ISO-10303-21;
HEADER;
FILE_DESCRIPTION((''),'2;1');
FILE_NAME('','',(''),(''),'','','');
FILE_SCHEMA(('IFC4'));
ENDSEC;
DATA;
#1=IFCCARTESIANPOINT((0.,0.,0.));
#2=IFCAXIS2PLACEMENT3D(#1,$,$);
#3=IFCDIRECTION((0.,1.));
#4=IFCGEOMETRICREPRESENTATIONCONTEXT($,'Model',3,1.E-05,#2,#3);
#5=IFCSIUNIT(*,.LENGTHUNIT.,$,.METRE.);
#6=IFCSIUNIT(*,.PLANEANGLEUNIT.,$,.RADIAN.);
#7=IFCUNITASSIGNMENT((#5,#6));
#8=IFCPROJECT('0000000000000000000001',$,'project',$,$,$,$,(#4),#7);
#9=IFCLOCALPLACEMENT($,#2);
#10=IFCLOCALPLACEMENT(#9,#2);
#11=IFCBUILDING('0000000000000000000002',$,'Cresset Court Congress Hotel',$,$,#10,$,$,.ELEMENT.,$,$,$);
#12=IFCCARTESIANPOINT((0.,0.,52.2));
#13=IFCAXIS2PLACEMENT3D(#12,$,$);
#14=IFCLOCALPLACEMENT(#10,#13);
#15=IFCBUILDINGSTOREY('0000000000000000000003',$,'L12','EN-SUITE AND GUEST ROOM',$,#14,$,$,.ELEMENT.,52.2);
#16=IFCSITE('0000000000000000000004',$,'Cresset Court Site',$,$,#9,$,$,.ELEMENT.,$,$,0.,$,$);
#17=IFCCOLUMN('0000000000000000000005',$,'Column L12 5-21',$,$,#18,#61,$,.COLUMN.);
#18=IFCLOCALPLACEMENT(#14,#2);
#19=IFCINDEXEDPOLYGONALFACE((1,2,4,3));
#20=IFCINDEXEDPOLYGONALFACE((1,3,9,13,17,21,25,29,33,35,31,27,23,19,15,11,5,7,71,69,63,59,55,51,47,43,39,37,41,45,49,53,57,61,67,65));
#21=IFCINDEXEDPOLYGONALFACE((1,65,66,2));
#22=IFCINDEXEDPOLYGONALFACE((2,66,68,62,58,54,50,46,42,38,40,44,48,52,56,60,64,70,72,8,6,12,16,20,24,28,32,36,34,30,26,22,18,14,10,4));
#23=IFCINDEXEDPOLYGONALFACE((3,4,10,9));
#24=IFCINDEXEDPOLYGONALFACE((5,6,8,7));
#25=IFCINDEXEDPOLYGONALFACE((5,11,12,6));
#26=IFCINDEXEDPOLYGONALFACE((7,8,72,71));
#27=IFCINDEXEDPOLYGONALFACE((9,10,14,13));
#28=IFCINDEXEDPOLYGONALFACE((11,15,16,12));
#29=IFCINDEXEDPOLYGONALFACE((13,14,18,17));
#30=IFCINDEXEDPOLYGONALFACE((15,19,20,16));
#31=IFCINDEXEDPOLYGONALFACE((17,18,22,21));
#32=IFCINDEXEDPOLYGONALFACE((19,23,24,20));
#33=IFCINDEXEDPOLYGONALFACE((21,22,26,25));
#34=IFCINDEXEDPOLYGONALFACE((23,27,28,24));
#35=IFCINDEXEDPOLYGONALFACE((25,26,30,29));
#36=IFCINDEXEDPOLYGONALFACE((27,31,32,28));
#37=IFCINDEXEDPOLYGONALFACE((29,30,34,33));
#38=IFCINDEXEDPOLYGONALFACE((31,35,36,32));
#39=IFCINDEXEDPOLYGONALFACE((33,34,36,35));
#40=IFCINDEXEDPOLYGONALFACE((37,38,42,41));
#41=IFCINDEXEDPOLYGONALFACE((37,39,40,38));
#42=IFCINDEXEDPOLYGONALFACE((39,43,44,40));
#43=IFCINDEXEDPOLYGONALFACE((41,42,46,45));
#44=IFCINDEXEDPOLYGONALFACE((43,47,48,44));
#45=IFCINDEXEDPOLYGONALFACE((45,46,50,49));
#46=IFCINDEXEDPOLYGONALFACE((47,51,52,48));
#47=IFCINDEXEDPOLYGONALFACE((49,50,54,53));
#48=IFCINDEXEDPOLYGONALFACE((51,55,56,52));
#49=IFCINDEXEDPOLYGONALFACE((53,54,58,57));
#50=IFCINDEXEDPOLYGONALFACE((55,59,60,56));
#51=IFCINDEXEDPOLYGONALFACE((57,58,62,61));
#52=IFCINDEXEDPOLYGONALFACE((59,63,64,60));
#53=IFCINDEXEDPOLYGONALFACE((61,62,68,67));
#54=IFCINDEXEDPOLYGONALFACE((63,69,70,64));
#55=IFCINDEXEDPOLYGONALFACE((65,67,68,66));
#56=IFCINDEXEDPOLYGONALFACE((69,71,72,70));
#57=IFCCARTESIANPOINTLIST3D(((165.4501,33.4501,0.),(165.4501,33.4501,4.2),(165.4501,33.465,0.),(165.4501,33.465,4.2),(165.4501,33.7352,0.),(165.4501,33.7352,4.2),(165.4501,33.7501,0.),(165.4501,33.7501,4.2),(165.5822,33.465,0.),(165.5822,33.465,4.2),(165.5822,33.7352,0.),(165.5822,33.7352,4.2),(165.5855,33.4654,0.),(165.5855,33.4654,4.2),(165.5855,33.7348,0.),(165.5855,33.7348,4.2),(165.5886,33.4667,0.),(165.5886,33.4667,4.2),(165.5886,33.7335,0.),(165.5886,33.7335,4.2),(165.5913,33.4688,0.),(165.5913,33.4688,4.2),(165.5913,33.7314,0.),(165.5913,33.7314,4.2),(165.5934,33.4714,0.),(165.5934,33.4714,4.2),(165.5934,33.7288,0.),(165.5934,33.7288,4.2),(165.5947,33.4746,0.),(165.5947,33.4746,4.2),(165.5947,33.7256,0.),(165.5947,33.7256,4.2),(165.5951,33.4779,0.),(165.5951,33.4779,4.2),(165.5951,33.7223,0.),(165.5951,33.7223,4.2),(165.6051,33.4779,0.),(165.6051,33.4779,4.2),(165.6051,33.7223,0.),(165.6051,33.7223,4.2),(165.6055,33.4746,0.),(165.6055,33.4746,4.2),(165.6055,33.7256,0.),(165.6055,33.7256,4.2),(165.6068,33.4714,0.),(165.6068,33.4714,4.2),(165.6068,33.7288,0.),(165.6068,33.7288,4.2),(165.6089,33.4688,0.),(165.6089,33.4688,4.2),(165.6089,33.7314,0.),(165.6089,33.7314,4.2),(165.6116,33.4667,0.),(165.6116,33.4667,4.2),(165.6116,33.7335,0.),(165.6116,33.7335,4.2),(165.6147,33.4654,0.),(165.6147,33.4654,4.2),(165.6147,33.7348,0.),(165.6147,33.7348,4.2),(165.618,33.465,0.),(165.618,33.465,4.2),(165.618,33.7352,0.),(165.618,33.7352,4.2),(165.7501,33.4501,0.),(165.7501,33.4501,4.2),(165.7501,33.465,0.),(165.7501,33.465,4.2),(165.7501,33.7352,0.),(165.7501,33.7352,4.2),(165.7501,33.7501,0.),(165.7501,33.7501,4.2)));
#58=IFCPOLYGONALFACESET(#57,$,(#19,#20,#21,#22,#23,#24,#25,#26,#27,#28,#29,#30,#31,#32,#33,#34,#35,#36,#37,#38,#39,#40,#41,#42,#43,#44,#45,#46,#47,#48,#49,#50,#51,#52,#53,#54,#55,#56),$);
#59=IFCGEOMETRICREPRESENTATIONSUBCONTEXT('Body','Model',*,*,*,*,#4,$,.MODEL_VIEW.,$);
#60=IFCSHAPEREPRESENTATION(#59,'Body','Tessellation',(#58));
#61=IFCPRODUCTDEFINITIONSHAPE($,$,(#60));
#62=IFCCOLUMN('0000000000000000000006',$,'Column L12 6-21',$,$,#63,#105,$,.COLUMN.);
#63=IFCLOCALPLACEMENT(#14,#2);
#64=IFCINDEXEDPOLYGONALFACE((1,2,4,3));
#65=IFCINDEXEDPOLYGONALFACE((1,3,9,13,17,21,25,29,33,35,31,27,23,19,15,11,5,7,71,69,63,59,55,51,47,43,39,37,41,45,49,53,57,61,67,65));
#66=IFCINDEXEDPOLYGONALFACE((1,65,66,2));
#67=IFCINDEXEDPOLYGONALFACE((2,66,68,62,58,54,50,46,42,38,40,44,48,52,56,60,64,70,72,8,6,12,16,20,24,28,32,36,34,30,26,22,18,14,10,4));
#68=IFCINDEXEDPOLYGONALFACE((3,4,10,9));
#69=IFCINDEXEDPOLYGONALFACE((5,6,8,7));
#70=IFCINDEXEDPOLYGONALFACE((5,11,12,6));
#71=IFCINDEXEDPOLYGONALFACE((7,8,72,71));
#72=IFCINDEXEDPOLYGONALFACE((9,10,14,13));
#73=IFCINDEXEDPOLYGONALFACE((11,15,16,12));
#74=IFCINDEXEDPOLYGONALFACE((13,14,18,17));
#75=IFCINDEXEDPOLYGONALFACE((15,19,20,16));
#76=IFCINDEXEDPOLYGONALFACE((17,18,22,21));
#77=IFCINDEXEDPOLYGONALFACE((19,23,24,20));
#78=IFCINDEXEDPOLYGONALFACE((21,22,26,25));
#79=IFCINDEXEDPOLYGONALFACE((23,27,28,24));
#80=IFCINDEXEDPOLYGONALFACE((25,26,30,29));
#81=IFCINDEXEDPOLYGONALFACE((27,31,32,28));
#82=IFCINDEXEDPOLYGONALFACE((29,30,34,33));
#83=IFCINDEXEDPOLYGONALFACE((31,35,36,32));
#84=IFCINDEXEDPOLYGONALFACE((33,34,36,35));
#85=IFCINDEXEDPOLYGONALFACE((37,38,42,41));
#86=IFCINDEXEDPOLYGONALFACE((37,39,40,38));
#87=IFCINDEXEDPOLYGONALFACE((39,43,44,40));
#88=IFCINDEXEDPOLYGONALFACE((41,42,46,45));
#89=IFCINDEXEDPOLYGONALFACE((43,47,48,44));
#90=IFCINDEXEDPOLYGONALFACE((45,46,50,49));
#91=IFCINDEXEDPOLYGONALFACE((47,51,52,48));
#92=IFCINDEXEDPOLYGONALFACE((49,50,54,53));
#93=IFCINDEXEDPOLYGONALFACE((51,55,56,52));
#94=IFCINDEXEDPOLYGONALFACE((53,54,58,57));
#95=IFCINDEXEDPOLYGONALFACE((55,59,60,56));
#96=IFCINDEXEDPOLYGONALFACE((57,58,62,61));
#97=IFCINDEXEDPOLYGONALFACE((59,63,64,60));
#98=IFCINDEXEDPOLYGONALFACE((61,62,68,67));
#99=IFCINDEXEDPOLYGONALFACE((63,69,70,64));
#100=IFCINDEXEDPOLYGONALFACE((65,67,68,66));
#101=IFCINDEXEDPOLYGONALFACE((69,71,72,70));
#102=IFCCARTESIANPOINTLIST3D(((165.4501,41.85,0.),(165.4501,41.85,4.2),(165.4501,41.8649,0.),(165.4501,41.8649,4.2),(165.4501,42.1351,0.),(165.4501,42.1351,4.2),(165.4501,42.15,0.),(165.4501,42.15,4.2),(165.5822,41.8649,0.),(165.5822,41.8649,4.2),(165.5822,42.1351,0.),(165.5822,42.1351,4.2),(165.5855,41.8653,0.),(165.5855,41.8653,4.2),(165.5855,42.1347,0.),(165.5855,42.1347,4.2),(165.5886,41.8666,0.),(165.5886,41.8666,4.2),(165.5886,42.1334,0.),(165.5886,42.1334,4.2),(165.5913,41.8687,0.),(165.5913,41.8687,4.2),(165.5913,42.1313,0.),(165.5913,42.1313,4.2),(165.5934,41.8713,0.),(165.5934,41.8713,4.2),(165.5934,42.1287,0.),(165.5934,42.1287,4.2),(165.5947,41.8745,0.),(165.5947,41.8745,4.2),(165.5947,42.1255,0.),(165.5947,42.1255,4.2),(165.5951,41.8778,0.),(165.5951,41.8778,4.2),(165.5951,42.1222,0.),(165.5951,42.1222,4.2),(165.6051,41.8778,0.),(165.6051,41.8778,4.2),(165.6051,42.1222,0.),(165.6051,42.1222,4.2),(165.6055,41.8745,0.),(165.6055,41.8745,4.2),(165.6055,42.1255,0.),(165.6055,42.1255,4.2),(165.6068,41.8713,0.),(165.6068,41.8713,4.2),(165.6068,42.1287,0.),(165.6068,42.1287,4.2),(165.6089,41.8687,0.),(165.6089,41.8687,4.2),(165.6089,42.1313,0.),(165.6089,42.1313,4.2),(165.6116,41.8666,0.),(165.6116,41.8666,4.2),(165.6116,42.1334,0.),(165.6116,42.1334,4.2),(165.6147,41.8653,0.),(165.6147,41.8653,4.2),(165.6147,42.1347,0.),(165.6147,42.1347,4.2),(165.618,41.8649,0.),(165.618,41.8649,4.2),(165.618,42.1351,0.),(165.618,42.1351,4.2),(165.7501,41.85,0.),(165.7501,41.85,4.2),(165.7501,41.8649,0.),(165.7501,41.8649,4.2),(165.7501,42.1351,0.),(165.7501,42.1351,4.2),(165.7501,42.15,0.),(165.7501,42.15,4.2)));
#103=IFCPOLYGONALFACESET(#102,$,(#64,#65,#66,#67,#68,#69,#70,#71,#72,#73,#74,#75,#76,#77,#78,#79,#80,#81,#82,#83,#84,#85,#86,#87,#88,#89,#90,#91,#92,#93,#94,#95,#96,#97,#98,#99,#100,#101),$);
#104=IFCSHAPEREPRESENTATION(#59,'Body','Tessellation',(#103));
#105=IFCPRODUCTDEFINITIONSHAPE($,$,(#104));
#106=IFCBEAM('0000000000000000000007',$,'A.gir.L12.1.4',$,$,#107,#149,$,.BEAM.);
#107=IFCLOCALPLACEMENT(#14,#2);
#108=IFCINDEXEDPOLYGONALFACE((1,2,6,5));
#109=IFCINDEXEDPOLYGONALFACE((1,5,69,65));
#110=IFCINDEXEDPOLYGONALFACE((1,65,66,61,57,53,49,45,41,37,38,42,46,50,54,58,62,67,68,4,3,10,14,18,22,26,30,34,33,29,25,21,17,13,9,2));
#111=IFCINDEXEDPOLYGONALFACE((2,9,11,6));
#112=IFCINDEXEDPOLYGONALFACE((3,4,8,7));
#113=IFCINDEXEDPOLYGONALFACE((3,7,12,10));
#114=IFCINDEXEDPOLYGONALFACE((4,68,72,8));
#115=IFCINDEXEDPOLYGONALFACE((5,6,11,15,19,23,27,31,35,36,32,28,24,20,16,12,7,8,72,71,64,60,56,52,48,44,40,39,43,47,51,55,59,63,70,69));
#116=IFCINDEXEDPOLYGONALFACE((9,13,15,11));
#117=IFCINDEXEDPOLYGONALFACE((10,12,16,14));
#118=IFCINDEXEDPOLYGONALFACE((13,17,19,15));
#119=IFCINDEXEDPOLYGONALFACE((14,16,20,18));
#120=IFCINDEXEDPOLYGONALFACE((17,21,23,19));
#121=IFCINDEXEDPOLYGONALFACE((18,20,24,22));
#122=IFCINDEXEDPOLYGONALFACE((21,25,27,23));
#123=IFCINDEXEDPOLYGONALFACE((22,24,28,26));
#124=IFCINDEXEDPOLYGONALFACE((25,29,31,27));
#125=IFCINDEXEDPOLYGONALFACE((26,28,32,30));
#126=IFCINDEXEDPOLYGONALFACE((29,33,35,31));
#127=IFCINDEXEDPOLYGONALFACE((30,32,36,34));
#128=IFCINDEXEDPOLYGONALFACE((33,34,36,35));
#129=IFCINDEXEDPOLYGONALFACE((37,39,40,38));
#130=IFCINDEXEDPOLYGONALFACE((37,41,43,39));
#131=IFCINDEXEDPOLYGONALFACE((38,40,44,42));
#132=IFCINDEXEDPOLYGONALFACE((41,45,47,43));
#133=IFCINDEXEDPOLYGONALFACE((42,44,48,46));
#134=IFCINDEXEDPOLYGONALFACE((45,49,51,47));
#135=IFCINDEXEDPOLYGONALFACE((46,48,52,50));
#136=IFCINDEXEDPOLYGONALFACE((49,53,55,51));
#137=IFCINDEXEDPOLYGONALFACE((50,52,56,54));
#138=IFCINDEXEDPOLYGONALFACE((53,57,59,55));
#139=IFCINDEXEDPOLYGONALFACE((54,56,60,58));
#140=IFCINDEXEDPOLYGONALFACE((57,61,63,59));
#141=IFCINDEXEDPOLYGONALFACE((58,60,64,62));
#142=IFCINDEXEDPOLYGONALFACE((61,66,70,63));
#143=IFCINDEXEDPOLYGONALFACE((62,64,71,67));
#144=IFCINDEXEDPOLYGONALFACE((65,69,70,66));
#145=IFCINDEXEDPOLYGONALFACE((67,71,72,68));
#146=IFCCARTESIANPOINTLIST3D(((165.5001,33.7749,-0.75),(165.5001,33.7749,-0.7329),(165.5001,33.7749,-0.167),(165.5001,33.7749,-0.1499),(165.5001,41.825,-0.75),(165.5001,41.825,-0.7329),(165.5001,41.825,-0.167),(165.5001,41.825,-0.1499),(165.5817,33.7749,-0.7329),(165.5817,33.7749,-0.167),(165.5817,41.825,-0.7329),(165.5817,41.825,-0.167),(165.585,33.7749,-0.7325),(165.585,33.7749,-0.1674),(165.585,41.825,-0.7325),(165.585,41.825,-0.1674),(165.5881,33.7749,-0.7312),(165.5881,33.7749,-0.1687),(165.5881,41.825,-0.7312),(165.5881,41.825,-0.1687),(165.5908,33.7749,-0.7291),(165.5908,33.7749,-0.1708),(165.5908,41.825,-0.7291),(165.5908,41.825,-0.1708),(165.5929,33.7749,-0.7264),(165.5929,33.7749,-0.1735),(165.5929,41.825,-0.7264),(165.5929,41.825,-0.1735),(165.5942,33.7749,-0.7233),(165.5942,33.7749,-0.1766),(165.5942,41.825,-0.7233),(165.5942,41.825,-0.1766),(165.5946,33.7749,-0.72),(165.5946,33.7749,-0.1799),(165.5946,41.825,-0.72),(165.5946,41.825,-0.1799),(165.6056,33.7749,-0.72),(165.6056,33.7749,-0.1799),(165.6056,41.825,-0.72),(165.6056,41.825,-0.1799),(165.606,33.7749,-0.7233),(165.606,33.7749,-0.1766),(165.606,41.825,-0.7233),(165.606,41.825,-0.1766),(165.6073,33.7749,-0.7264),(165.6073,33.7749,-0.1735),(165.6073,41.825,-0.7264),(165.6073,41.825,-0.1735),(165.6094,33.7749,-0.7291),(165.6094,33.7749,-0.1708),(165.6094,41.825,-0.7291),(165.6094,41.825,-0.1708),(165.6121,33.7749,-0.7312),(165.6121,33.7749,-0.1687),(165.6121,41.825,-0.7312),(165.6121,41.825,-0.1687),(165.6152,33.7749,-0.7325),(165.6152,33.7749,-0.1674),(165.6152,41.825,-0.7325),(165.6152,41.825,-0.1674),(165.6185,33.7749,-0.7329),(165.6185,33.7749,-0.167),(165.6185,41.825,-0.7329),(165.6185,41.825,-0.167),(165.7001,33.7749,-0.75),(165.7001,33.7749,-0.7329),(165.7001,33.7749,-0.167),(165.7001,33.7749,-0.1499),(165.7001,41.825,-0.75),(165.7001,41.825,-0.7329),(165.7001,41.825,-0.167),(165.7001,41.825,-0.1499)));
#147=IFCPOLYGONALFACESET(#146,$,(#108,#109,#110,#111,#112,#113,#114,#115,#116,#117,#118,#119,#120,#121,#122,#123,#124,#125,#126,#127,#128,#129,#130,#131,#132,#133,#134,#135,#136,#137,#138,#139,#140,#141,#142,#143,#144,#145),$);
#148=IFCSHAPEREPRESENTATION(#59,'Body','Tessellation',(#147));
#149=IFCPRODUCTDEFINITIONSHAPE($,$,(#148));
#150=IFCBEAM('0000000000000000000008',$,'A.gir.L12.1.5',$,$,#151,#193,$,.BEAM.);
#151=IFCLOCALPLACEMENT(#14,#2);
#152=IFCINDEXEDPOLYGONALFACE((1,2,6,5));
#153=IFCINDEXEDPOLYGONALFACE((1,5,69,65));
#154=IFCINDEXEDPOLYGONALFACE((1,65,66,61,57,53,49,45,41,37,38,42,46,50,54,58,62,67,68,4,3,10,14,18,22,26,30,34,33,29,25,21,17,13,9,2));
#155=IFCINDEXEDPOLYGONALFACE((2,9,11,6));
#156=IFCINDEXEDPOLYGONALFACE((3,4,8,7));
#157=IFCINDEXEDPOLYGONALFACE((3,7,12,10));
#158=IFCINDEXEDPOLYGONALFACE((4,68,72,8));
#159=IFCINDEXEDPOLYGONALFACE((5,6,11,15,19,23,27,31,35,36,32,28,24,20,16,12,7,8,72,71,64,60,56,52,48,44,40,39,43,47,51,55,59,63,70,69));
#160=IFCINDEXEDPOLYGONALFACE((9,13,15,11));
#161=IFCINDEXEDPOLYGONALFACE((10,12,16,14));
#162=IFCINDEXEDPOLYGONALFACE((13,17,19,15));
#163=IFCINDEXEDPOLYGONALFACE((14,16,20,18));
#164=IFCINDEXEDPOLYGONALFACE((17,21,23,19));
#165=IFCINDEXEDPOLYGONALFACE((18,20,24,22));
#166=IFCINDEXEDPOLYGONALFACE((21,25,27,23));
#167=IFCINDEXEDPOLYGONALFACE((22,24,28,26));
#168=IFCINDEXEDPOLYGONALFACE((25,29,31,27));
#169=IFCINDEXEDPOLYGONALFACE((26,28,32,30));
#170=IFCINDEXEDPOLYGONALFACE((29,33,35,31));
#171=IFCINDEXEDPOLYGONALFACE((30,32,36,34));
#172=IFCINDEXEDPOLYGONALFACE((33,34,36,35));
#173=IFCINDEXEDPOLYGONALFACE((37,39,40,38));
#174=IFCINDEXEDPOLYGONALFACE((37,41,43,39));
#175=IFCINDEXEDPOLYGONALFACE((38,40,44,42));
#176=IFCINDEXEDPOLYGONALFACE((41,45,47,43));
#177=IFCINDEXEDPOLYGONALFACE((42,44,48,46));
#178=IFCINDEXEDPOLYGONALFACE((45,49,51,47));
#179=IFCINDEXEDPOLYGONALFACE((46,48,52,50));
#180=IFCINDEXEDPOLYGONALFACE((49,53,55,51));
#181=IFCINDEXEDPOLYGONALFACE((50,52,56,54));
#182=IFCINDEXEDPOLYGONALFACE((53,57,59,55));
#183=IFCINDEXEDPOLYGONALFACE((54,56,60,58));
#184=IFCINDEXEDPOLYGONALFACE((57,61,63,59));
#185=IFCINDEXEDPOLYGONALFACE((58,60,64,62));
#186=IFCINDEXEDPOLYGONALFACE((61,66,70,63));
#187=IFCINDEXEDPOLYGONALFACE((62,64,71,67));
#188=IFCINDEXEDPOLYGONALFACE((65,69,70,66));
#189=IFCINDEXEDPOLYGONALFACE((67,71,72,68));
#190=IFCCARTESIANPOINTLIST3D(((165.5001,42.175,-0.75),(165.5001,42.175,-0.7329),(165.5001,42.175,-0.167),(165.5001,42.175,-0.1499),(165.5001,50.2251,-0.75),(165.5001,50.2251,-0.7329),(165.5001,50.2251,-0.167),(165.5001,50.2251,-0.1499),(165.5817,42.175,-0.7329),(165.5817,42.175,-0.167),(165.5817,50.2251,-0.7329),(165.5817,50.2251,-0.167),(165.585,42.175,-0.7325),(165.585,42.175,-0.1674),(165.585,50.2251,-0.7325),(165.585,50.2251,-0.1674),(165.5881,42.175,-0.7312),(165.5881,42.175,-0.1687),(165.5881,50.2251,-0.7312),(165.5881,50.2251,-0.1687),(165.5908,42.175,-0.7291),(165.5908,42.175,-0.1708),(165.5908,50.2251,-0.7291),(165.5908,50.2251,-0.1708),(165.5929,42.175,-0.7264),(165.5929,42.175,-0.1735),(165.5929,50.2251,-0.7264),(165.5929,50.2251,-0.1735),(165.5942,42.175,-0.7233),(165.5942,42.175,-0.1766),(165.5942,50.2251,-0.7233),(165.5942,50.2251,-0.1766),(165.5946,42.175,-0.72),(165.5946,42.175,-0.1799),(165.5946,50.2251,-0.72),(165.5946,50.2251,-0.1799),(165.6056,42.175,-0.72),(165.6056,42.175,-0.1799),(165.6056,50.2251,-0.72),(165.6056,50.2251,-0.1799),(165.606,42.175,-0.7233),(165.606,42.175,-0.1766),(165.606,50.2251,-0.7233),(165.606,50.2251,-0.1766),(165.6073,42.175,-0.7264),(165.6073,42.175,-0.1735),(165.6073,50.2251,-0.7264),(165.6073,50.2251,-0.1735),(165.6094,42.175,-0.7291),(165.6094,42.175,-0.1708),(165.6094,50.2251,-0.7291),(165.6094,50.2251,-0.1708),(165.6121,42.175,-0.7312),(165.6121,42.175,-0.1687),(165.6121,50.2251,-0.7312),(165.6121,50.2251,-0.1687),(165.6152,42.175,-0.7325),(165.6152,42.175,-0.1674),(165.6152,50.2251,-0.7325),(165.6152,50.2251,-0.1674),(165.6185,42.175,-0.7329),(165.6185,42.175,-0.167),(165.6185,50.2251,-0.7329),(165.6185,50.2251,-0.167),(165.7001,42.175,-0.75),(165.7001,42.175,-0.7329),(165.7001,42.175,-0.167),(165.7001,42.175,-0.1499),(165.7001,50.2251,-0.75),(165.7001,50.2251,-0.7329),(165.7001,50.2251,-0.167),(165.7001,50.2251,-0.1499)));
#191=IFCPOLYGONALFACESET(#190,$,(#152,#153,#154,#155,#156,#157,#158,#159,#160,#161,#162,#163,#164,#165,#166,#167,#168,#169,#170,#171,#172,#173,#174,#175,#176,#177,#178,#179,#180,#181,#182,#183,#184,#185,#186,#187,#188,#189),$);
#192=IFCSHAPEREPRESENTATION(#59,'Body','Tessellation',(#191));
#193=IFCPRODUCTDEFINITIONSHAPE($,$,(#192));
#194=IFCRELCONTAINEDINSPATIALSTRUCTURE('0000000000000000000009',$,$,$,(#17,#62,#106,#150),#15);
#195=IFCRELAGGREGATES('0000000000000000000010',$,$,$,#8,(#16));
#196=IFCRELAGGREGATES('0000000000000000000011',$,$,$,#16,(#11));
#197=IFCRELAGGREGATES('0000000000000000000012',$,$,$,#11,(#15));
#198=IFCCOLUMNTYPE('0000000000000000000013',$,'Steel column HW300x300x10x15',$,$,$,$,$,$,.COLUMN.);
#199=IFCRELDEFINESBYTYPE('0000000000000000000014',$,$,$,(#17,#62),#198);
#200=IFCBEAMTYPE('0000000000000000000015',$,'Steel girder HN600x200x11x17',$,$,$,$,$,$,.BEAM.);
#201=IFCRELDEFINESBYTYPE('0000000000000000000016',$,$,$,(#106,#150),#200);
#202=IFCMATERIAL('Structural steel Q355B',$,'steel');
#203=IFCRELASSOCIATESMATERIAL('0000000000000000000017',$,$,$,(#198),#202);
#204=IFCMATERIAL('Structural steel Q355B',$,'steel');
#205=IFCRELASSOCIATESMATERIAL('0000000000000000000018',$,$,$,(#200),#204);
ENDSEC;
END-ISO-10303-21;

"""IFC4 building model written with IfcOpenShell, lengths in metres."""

from ifc_helpers import new_model, si_unit, direction, frame, origin, origin_2d, place, context, subcontext, project, spatial, i_section, extrude, material, material_profile, profile_set, type_object, element, save


model = new_model("IFC4")

# Units and contexts
model_context = context("Model", 3, precision=1e-05, world=origin(), true_north=direction((0.0, 1.0)))
body_context = subcontext(model_context, "Body", "Model", "MODEL_VIEW")
ifc_project = project(units=[si_unit("LENGTHUNIT", "METRE"), si_unit("PLANEANGLEUNIT", "RADIAN")], contexts=[model_context])

# Site, building, storey
site_placement = place(None, origin())
site = spatial("IfcSite", under=ifc_project, at=site_placement, Name="Cresset Court Site", CompositionType="ELEMENT", RefElevation=0.0)
building_placement = place(site_placement, origin())
building = spatial("IfcBuilding", under=site, at=building_placement, Name="Cresset Court Congress Hotel", CompositionType="ELEMENT")
storey_placement = place(building_placement, frame((0.0, 0.0, 52.2)))
storey = spatial("IfcBuildingStorey", under=building, at=storey_placement, Name="L12", Description="EN-SUITE AND GUEST ROOM", CompositionType="ELEMENT", Elevation=52.2)

# Columns
ifc_material_1 = material(Name="Structural steel Q355B", Category="steel")
ifc_material_profile_1 = material_profile(ifc_material_1, i_section(OverallWidth=0.3, OverallDepth=0.3, WebThickness=0.01, FlangeThickness=0.0149, FilletRadius=0.0129, at=origin_2d()), Name="HW300x300x10x15")
ifc_profile_set_1 = profile_set([ifc_material_profile_1], Name="Structural steel Q355B")
column_type = type_object("IfcColumnType", Name="Steel column HW300x300x10x15", PredefinedType="COLUMN", material=ifc_profile_set_1)
for number, where, z_axis, x_axis, name in (
    (1, (165.6001, 33.6001, 0.0), (0.0, 0.0, 1.0), (1.0, 0.0, 0.0), "Column L12 5-21"),
    (2, (165.6001, 42.0, 0.0), (0.0, 0.0, 1.0), (1.0, 0.0, 0.0), "Column L12 6-21"),
):
    element("IfcColumn", number, at=place(storey_placement, frame(where, z_axis=z_axis, x_axis=x_axis)), inside=storey, type_object=column_type, Name=name, PredefinedType="COLUMN", context=body_context, shape_type="SweptSolid", body=[
        extrude(i_section(OverallWidth=0.3, OverallDepth=0.3, WebThickness=0.01, FlangeThickness=0.0149, FilletRadius=0.0129, at=origin_2d()), origin(), (0.0, 0.0, 1.0), 4.2),
    ])

# Beams
ifc_material_2 = material(Name="Structural steel Q355B", Category="steel")
ifc_material_profile_2 = material_profile(ifc_material_2, i_section(OverallWidth=0.2, OverallDepth=0.6001, WebThickness=0.011, FlangeThickness=0.0171, FilletRadius=0.0129, at=origin_2d()), Name="HN600x200x11x17")
ifc_profile_set_2 = profile_set([ifc_material_profile_2], Name="Structural steel Q355B")
beam_type = type_object("IfcBeamType", Name="Steel girder HN600x200x11x17", PredefinedType="BEAM", material=ifc_profile_set_2)
for number, where, z_axis, x_axis, name in (
    (3, (165.6001, 33.7749, -0.45), (0.0, 1.0, 0.0), (-1.0, 0.0, 0.0), "A.gir.L12.1.4"),
    (4, (165.6001, 42.175, -0.45), (0.0, 1.0, 0.0), (-1.0, 0.0, 0.0), "A.gir.L12.1.5"),
):
    element("IfcBeam", number, at=place(storey_placement, frame(where, z_axis=z_axis, x_axis=x_axis)), inside=storey, type_object=beam_type, Name=name, PredefinedType="BEAM", context=body_context, shape_type="SweptSolid", body=[
        extrude(i_section(OverallWidth=0.2, OverallDepth=0.6001, WebThickness=0.011, FlangeThickness=0.0171, FilletRadius=0.0129, at=origin_2d()), origin(), (0.0, 0.0, 1.0), 8.05),
    ])

save(model, "model.ifc")
